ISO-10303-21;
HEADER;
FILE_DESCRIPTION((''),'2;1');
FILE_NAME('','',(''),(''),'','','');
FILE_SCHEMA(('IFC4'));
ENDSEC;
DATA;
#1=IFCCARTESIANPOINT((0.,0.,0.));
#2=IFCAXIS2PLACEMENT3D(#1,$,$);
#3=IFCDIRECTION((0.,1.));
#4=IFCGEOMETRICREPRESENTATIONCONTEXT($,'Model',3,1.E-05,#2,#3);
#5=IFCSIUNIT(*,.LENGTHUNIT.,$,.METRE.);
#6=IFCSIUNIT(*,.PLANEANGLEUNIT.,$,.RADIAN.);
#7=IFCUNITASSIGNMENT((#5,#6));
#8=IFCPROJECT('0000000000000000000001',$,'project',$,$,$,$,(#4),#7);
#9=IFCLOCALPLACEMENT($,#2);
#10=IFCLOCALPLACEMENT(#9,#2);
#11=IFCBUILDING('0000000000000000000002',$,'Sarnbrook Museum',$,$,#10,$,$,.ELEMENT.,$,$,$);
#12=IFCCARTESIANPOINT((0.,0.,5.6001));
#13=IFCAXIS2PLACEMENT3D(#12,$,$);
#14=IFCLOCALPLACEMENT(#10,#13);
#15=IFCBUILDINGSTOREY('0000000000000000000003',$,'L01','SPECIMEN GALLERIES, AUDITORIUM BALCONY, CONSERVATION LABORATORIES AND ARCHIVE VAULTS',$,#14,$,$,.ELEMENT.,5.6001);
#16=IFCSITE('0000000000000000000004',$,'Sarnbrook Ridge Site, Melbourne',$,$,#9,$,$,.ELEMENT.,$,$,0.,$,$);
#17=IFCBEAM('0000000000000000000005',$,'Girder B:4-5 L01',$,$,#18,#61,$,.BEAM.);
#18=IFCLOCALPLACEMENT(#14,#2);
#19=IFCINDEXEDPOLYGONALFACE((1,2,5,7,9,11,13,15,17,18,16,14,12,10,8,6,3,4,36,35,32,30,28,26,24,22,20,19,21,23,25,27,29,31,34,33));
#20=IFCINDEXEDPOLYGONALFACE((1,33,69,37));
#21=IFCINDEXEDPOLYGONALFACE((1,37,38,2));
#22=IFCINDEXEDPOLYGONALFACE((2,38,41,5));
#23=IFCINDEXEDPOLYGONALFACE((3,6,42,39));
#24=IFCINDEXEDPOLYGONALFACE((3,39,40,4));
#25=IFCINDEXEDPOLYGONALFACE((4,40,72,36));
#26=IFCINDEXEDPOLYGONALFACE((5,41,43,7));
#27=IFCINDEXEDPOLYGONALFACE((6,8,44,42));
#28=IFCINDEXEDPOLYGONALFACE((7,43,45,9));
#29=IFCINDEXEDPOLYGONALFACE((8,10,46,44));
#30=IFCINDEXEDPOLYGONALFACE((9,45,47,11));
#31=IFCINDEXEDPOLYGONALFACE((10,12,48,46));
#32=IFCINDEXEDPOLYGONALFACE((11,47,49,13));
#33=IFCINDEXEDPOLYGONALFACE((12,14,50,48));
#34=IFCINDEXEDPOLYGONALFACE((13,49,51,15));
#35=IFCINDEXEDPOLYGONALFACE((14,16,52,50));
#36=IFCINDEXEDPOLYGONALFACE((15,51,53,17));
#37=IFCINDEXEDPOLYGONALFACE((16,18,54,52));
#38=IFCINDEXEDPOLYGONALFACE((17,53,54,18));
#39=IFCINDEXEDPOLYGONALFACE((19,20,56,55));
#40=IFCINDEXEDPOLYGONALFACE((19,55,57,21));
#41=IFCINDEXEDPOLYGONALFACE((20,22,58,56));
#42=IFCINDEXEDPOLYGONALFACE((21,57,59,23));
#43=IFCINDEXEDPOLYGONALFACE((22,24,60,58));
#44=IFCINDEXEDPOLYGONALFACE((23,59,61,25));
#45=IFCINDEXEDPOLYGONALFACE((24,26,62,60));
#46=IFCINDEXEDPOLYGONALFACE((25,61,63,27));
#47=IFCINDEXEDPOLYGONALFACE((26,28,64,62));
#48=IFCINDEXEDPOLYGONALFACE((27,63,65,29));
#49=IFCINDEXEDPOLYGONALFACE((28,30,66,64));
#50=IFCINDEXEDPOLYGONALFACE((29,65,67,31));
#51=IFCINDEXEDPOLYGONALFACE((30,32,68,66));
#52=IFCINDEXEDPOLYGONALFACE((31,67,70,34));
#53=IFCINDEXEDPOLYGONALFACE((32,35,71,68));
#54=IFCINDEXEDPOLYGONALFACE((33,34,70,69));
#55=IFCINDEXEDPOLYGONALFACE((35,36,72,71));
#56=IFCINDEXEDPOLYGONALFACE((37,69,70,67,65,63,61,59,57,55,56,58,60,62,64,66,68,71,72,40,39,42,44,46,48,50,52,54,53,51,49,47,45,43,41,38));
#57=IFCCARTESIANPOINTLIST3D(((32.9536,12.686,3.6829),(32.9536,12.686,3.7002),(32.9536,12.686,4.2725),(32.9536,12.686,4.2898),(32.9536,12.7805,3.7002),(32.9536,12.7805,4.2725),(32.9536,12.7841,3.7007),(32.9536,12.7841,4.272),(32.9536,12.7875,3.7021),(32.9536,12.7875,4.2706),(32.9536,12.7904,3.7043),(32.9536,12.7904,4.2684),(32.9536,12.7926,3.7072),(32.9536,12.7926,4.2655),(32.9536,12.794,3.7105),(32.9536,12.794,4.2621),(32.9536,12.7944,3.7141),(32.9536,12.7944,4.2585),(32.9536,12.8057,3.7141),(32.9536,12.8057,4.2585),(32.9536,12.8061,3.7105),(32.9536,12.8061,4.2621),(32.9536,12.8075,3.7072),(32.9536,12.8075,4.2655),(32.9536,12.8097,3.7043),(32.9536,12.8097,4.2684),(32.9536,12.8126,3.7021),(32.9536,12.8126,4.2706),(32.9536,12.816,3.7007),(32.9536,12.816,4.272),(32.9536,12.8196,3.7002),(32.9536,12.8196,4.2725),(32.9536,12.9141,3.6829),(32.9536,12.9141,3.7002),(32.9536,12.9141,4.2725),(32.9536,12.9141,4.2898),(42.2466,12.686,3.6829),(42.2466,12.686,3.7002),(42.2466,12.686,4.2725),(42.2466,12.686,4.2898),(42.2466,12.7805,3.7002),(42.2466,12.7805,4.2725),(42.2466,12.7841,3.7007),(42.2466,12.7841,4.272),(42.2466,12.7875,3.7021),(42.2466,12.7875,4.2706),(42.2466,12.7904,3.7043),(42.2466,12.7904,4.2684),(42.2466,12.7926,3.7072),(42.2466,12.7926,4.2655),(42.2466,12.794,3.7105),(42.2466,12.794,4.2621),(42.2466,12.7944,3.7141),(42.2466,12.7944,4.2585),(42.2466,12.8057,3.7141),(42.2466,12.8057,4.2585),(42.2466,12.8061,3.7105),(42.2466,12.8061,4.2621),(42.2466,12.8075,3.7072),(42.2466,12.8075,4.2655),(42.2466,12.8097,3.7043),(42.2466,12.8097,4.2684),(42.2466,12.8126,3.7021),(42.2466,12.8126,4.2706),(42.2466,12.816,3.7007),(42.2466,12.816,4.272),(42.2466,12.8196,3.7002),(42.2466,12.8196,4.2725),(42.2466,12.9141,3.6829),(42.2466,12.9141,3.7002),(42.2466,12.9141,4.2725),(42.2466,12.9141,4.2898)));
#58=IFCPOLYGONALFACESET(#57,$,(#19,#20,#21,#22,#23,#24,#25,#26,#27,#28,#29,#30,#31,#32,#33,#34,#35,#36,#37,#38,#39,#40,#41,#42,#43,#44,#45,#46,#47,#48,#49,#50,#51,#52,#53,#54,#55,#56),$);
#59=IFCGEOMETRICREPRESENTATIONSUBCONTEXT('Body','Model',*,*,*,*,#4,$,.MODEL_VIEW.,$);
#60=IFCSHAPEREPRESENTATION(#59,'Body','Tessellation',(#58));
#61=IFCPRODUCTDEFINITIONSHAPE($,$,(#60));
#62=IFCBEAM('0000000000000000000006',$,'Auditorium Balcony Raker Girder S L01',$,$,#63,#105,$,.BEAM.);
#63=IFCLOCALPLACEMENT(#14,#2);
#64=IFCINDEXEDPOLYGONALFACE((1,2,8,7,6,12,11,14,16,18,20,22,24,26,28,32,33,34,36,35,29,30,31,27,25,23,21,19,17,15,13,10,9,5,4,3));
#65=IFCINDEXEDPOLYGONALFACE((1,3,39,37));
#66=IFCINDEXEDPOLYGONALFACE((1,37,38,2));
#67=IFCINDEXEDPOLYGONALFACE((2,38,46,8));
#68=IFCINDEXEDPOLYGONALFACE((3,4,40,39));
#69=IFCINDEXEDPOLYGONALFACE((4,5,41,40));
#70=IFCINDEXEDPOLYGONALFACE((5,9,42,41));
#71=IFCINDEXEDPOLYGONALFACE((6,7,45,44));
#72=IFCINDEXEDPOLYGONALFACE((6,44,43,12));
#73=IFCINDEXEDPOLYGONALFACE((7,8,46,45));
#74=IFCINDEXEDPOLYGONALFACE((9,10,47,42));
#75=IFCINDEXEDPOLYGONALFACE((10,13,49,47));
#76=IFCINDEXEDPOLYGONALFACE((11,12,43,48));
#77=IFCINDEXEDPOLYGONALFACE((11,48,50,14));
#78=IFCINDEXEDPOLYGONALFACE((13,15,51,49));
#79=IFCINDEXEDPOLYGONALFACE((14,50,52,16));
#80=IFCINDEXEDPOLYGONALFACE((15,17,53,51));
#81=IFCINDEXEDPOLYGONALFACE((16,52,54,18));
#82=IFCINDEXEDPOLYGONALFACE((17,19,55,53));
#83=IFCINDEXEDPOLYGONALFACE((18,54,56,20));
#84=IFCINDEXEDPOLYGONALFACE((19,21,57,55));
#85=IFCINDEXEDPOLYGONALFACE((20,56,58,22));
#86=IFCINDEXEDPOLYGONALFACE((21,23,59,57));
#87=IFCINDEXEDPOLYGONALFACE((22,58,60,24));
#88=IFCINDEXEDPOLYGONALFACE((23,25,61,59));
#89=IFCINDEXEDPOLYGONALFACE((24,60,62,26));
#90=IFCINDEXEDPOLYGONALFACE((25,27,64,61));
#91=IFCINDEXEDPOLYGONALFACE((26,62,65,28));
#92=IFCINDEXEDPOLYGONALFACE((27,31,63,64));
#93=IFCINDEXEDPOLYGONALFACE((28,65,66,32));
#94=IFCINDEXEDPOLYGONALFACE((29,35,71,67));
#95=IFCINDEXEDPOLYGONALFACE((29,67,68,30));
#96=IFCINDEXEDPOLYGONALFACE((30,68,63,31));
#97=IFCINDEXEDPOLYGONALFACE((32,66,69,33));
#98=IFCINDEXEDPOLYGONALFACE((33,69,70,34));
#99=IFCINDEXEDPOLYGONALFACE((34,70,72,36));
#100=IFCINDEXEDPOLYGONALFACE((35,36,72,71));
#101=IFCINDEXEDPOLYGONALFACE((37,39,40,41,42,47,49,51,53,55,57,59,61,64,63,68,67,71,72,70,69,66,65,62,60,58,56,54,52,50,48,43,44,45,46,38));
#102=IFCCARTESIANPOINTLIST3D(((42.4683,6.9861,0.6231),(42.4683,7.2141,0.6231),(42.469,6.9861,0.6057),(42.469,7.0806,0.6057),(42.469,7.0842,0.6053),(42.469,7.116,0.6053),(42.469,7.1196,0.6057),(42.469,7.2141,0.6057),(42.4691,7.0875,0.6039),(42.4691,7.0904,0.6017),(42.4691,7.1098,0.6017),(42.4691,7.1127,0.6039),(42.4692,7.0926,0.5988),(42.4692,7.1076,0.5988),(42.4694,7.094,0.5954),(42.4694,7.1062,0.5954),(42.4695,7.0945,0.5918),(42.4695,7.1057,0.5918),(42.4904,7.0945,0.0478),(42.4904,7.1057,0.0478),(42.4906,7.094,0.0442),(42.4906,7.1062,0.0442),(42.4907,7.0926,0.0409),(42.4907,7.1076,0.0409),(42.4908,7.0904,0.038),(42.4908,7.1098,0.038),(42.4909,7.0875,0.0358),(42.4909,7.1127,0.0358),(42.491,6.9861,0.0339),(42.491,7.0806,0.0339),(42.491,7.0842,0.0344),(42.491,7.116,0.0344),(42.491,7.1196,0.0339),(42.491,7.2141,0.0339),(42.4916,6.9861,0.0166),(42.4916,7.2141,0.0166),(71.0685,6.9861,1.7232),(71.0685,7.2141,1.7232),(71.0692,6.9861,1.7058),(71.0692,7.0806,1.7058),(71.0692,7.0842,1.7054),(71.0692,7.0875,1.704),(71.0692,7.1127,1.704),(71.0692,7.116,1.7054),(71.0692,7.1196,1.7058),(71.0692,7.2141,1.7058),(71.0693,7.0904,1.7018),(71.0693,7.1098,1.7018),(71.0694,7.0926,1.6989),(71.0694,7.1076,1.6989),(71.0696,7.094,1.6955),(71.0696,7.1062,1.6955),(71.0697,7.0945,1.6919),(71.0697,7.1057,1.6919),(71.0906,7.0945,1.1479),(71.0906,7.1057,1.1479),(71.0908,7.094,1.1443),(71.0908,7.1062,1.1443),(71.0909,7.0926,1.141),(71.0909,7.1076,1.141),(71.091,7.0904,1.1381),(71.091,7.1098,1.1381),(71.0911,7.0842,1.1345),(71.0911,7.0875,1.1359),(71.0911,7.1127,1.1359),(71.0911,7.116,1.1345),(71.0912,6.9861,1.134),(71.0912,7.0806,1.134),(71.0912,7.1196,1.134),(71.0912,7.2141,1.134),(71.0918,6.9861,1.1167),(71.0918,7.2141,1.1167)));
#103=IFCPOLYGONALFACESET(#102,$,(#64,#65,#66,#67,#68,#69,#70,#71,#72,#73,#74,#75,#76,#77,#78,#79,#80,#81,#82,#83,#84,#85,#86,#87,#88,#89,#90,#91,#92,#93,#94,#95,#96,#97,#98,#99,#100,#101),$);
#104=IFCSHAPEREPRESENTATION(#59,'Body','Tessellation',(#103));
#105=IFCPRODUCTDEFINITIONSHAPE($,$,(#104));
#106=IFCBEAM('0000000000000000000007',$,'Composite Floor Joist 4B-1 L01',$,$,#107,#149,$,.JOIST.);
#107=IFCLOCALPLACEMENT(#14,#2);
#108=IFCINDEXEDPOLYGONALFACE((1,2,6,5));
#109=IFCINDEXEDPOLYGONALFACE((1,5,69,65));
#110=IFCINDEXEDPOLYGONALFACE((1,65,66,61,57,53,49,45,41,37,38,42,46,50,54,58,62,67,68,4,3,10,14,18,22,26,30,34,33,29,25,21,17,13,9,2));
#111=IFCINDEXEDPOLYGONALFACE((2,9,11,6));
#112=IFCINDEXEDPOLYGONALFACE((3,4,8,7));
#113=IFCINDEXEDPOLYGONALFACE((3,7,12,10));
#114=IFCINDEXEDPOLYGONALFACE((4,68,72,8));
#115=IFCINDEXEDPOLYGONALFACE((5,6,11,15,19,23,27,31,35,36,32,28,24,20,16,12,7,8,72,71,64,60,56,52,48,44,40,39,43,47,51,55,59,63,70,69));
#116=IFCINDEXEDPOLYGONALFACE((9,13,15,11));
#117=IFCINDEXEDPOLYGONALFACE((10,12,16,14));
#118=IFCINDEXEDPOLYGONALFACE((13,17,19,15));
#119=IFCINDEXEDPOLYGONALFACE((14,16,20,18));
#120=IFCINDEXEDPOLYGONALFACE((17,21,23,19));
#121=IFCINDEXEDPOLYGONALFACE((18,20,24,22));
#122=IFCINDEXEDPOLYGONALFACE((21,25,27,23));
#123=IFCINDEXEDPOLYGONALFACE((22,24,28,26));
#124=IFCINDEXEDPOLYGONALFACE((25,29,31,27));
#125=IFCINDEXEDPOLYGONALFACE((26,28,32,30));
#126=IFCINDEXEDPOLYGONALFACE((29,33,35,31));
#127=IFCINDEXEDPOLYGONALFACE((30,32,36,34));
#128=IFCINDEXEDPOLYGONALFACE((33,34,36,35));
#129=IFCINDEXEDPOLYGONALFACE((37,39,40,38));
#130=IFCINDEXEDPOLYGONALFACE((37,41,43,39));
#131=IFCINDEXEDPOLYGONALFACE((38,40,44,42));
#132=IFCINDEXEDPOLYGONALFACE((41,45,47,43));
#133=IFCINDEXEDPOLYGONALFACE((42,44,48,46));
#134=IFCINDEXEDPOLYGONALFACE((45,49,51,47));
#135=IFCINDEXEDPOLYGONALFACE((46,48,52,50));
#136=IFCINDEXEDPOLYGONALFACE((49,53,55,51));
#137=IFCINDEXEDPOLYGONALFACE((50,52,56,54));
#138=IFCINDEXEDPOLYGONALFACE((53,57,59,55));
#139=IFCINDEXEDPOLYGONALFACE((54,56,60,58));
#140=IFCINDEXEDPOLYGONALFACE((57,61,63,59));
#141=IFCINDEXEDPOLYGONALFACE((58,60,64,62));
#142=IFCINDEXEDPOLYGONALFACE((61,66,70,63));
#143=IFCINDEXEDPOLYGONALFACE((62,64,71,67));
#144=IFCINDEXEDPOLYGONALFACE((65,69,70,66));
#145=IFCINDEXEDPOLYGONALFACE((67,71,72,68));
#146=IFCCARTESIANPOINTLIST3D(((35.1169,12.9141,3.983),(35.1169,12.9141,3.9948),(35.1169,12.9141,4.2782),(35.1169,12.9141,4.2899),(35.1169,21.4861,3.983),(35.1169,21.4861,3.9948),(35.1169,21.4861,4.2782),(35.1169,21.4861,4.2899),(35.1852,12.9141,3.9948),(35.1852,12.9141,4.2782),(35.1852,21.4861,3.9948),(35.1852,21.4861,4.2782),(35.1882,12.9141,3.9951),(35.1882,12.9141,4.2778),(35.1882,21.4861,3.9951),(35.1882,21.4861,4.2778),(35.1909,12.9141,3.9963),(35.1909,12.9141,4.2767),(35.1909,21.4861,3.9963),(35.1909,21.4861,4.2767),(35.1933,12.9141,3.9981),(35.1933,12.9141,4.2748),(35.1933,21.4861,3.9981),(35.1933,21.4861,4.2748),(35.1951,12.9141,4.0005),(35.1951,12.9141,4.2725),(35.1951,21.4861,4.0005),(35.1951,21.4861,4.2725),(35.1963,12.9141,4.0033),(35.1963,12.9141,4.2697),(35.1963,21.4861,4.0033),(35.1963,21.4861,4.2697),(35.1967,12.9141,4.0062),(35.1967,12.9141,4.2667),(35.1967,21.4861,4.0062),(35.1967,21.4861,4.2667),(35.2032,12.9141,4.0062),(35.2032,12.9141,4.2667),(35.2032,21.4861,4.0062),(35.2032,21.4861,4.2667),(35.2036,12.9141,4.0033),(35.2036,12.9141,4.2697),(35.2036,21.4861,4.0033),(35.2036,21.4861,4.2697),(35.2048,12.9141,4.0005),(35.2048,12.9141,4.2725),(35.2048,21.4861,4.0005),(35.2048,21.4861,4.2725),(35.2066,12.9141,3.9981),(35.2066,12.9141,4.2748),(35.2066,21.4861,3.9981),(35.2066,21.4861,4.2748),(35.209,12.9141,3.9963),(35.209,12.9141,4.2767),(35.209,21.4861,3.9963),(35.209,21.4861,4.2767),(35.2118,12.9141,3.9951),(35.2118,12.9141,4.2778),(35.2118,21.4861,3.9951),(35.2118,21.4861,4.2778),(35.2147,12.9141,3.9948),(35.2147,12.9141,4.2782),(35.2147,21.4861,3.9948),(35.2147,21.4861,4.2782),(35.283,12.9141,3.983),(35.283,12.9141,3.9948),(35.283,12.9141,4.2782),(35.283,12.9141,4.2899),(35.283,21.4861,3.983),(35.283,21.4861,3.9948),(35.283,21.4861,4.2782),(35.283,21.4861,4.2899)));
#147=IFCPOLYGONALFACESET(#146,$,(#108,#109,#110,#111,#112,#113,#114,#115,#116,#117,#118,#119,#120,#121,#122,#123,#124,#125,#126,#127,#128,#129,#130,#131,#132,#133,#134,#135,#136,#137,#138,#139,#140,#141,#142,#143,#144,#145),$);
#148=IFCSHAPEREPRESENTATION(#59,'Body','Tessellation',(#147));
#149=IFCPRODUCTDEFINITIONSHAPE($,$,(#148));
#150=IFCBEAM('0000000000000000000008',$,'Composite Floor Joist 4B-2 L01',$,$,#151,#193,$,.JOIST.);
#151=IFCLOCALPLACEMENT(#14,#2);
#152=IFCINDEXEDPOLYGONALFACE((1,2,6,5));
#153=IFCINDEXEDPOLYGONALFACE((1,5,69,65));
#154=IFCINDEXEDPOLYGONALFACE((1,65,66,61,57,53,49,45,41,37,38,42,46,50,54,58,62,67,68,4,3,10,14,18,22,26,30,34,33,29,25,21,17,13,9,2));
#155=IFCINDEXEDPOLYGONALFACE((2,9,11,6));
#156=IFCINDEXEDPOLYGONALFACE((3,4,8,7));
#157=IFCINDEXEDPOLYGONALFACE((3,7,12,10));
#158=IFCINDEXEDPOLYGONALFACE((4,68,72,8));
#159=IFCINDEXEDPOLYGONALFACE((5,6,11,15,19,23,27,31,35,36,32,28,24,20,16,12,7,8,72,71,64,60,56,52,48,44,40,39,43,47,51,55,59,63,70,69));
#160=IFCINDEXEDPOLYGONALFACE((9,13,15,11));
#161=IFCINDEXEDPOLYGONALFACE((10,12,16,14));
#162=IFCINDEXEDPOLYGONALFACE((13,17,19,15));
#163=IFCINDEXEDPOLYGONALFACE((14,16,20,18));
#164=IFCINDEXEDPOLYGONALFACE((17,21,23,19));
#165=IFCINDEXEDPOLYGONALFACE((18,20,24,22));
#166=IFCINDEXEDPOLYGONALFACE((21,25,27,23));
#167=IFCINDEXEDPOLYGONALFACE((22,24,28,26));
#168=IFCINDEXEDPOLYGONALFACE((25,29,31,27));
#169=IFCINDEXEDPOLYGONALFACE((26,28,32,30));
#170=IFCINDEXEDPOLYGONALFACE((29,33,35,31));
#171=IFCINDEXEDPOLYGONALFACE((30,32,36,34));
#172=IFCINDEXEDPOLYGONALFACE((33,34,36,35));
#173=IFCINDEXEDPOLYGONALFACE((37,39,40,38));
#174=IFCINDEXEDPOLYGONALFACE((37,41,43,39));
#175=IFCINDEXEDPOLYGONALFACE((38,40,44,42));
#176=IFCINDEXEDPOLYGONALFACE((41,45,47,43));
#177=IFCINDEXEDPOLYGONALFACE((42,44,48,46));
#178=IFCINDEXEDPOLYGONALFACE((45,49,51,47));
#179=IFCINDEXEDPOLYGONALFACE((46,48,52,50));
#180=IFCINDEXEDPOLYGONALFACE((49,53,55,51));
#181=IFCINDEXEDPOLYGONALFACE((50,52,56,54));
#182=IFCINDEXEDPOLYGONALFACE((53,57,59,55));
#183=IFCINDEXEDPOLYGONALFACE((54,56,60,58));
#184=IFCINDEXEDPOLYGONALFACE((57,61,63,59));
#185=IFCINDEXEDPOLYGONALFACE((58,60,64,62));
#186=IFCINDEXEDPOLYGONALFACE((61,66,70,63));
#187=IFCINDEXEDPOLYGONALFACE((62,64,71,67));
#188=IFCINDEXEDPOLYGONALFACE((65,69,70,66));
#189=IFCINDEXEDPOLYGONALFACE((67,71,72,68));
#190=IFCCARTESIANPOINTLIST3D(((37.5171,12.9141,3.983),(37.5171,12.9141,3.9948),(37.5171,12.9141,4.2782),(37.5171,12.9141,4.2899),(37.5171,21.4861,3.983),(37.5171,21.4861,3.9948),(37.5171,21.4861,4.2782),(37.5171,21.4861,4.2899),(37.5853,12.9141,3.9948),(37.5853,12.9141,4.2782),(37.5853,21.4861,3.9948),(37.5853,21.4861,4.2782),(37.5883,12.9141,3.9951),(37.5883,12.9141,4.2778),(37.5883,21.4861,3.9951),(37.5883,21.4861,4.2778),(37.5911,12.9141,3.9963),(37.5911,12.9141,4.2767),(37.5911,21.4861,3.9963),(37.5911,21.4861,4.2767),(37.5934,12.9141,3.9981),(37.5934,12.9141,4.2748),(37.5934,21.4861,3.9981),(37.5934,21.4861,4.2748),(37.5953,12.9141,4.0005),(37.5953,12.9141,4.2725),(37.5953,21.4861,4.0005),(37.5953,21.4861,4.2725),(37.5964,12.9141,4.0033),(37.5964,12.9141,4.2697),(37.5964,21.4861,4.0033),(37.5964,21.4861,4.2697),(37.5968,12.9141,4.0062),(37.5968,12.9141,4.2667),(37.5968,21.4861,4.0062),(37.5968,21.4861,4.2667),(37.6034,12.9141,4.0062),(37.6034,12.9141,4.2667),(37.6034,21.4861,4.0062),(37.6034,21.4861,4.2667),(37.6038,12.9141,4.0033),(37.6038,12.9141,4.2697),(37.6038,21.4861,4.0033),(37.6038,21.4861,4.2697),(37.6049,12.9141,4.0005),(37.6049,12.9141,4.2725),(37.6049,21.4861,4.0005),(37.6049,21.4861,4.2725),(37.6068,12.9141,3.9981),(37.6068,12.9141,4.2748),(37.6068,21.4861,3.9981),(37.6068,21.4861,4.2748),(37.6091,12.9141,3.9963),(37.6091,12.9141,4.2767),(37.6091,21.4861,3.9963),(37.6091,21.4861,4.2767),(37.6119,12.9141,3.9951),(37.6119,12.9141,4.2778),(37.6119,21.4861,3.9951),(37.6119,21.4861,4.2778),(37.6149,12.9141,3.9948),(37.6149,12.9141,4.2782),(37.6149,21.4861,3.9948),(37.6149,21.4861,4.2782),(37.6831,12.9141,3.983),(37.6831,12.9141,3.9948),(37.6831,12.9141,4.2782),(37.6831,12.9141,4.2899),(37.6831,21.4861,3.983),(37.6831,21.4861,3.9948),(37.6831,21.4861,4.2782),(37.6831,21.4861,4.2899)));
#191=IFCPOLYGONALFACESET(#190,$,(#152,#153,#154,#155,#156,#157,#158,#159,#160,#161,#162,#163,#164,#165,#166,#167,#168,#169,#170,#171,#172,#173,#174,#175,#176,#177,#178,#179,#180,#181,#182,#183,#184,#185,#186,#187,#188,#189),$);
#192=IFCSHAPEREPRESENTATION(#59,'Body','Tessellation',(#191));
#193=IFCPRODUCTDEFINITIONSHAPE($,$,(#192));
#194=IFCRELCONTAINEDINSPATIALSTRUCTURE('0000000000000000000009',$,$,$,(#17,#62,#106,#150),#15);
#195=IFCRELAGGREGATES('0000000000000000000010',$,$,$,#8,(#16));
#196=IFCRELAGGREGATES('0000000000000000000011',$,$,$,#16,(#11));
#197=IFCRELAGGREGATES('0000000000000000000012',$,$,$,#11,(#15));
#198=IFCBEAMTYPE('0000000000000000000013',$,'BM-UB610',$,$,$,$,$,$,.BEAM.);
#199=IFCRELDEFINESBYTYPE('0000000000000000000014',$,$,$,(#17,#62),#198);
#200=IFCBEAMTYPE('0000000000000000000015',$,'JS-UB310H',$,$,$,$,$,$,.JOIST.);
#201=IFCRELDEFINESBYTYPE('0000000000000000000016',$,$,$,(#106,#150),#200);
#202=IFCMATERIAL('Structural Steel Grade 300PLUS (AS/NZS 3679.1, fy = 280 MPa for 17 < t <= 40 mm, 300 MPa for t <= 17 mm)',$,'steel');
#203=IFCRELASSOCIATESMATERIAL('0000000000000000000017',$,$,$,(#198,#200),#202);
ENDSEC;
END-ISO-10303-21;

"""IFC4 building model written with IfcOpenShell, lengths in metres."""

from ifc_helpers import new_model, si_unit, direction, frame, origin, origin_2d, place, context, subcontext, project, spatial, i_section, extrude, material, material_profile, profile_set, type_object, element, save


model = new_model("IFC4")

# Units and contexts
model_context = context("Model", 3, precision=1e-05, world=origin(), true_north=direction((0.0, 1.0)))
body_context = subcontext(model_context, "Body", "Model", "MODEL_VIEW")
ifc_project = project(units=[si_unit("LENGTHUNIT", "METRE"), si_unit("PLANEANGLEUNIT", "RADIAN")], contexts=[model_context])

# Site, building, storey
site_placement = place(None, origin())
site = spatial("IfcSite", under=ifc_project, at=site_placement, Name="Sarnbrook Ridge Site, Melbourne", CompositionType="ELEMENT", RefElevation=0.0)
building_placement = place(site_placement, origin())
building = spatial("IfcBuilding", under=site, at=building_placement, Name="Sarnbrook Museum", CompositionType="ELEMENT")
storey_placement = place(building_placement, frame((0.0, 0.0, 5.6001)))
storey = spatial("IfcBuildingStorey", under=building, at=storey_placement, Name="L01", Description="SPECIMEN GALLERIES, AUDITORIUM BALCONY, CONSERVATION LABORATORIES AND ARCHIVE VAULTS", CompositionType="ELEMENT", Elevation=5.6001)

# Shared definitions
ifc_material_1 = material(Name="Structural Steel Grade 300PLUS (AS/NZS 3679.1, fy = 280 MPa for 17 < t <= 40 mm, 300 MPa for t <= 17 mm)", Category="steel")

# Beams
ifc_material_profile_1 = material_profile(ifc_material_1, i_section(OverallWidth=0.228, OverallDepth=0.6069, WebThickness=0.0112, FlangeThickness=0.0173, FilletRadius=0.0139, at=origin_2d()), Name="610UB113")
ifc_profile_set_1 = profile_set([ifc_material_profile_1], Name="Structural Steel Grade 300PLUS (AS/NZS 3679.1, fy = 280 MPa for 17 < t <= 40 mm, 300 MPa for t <= 17 mm)")
beam_type_1 = type_object("IfcBeamType", Name="BM-UB610", PredefinedType="BEAM", material=ifc_profile_set_1)
beam_1_placement = place(storey_placement, frame((32.9536, 12.8, 3.9863), z_axis=(1.0, 0.0, 0.0), x_axis=(0.0, 1.0, 0.0)))
element("IfcBeam", 1, at=beam_1_placement, inside=storey, type_object=beam_type_1, Name="Girder B:4-5 L01", PredefinedType="BEAM", context=body_context, shape_type="SweptSolid", body=[
    extrude(i_section(OverallWidth=0.228, OverallDepth=0.6069, WebThickness=0.0112, FlangeThickness=0.0173, FilletRadius=0.0139, at=origin_2d()), origin(), (0.0, 0.0, 1.0), 9.293),
])
beam_2_placement = place(storey_placement, frame((42.48, 7.1001, 0.3198), z_axis=(0.999261, 0.0, 0.038436), x_axis=(0.0, 1.0, 0.0)))
element("IfcBeam", 2, at=beam_2_placement, inside=storey, type_object=beam_type_1, Name="Auditorium Balcony Raker Girder S L01", PredefinedType="BEAM", context=body_context, shape_type="SweptSolid", body=[
    extrude(i_section(OverallWidth=0.228, OverallDepth=0.6069, WebThickness=0.0112, FlangeThickness=0.0173, FilletRadius=0.0139, at=origin_2d()), origin(), (0.0, 0.0, 1.0), 28.6213),
])
ifc_material_profile_2 = material_profile(ifc_material_1, i_section(OverallWidth=0.166, OverallDepth=0.3069, WebThickness=0.0066, FlangeThickness=0.0117, FilletRadius=0.0115, at=origin_2d()), Name="310UB46.2")
ifc_profile_set_2 = profile_set([ifc_material_profile_2], Name="Structural Steel Grade 300PLUS (AS/NZS 3679.1, fy = 280 MPa for 17 < t <= 40 mm, 300 MPa for t <= 17 mm)")
beam_type_2 = type_object("IfcBeamType", Name="JS-UB310H", PredefinedType="JOIST", material=ifc_profile_set_2)
for number, where, z_axis, x_axis, name in (
    (3, (35.2, 12.9141, 4.1365), (0.0, 1.0, 0.0), (-1.0, 0.0, 0.0), "Composite Floor Joist 4B-1 L01"),
    (4, (37.6001, 12.9141, 4.1365), (0.0, 1.0, 0.0), (-1.0, 0.0, 0.0), "Composite Floor Joist 4B-2 L01"),
):
    element("IfcBeam", number, at=place(storey_placement, frame(where, z_axis=z_axis, x_axis=x_axis)), inside=storey, type_object=beam_type_2, Name=name, PredefinedType="JOIST", context=body_context, shape_type="SweptSolid", body=[
        extrude(i_section(OverallWidth=0.166, OverallDepth=0.3069, WebThickness=0.0066, FlangeThickness=0.0117, FilletRadius=0.0115, at=origin_2d()), origin(), (0.0, 0.0, 1.0), 8.572),
    ])

save(model, "model.ifc")
